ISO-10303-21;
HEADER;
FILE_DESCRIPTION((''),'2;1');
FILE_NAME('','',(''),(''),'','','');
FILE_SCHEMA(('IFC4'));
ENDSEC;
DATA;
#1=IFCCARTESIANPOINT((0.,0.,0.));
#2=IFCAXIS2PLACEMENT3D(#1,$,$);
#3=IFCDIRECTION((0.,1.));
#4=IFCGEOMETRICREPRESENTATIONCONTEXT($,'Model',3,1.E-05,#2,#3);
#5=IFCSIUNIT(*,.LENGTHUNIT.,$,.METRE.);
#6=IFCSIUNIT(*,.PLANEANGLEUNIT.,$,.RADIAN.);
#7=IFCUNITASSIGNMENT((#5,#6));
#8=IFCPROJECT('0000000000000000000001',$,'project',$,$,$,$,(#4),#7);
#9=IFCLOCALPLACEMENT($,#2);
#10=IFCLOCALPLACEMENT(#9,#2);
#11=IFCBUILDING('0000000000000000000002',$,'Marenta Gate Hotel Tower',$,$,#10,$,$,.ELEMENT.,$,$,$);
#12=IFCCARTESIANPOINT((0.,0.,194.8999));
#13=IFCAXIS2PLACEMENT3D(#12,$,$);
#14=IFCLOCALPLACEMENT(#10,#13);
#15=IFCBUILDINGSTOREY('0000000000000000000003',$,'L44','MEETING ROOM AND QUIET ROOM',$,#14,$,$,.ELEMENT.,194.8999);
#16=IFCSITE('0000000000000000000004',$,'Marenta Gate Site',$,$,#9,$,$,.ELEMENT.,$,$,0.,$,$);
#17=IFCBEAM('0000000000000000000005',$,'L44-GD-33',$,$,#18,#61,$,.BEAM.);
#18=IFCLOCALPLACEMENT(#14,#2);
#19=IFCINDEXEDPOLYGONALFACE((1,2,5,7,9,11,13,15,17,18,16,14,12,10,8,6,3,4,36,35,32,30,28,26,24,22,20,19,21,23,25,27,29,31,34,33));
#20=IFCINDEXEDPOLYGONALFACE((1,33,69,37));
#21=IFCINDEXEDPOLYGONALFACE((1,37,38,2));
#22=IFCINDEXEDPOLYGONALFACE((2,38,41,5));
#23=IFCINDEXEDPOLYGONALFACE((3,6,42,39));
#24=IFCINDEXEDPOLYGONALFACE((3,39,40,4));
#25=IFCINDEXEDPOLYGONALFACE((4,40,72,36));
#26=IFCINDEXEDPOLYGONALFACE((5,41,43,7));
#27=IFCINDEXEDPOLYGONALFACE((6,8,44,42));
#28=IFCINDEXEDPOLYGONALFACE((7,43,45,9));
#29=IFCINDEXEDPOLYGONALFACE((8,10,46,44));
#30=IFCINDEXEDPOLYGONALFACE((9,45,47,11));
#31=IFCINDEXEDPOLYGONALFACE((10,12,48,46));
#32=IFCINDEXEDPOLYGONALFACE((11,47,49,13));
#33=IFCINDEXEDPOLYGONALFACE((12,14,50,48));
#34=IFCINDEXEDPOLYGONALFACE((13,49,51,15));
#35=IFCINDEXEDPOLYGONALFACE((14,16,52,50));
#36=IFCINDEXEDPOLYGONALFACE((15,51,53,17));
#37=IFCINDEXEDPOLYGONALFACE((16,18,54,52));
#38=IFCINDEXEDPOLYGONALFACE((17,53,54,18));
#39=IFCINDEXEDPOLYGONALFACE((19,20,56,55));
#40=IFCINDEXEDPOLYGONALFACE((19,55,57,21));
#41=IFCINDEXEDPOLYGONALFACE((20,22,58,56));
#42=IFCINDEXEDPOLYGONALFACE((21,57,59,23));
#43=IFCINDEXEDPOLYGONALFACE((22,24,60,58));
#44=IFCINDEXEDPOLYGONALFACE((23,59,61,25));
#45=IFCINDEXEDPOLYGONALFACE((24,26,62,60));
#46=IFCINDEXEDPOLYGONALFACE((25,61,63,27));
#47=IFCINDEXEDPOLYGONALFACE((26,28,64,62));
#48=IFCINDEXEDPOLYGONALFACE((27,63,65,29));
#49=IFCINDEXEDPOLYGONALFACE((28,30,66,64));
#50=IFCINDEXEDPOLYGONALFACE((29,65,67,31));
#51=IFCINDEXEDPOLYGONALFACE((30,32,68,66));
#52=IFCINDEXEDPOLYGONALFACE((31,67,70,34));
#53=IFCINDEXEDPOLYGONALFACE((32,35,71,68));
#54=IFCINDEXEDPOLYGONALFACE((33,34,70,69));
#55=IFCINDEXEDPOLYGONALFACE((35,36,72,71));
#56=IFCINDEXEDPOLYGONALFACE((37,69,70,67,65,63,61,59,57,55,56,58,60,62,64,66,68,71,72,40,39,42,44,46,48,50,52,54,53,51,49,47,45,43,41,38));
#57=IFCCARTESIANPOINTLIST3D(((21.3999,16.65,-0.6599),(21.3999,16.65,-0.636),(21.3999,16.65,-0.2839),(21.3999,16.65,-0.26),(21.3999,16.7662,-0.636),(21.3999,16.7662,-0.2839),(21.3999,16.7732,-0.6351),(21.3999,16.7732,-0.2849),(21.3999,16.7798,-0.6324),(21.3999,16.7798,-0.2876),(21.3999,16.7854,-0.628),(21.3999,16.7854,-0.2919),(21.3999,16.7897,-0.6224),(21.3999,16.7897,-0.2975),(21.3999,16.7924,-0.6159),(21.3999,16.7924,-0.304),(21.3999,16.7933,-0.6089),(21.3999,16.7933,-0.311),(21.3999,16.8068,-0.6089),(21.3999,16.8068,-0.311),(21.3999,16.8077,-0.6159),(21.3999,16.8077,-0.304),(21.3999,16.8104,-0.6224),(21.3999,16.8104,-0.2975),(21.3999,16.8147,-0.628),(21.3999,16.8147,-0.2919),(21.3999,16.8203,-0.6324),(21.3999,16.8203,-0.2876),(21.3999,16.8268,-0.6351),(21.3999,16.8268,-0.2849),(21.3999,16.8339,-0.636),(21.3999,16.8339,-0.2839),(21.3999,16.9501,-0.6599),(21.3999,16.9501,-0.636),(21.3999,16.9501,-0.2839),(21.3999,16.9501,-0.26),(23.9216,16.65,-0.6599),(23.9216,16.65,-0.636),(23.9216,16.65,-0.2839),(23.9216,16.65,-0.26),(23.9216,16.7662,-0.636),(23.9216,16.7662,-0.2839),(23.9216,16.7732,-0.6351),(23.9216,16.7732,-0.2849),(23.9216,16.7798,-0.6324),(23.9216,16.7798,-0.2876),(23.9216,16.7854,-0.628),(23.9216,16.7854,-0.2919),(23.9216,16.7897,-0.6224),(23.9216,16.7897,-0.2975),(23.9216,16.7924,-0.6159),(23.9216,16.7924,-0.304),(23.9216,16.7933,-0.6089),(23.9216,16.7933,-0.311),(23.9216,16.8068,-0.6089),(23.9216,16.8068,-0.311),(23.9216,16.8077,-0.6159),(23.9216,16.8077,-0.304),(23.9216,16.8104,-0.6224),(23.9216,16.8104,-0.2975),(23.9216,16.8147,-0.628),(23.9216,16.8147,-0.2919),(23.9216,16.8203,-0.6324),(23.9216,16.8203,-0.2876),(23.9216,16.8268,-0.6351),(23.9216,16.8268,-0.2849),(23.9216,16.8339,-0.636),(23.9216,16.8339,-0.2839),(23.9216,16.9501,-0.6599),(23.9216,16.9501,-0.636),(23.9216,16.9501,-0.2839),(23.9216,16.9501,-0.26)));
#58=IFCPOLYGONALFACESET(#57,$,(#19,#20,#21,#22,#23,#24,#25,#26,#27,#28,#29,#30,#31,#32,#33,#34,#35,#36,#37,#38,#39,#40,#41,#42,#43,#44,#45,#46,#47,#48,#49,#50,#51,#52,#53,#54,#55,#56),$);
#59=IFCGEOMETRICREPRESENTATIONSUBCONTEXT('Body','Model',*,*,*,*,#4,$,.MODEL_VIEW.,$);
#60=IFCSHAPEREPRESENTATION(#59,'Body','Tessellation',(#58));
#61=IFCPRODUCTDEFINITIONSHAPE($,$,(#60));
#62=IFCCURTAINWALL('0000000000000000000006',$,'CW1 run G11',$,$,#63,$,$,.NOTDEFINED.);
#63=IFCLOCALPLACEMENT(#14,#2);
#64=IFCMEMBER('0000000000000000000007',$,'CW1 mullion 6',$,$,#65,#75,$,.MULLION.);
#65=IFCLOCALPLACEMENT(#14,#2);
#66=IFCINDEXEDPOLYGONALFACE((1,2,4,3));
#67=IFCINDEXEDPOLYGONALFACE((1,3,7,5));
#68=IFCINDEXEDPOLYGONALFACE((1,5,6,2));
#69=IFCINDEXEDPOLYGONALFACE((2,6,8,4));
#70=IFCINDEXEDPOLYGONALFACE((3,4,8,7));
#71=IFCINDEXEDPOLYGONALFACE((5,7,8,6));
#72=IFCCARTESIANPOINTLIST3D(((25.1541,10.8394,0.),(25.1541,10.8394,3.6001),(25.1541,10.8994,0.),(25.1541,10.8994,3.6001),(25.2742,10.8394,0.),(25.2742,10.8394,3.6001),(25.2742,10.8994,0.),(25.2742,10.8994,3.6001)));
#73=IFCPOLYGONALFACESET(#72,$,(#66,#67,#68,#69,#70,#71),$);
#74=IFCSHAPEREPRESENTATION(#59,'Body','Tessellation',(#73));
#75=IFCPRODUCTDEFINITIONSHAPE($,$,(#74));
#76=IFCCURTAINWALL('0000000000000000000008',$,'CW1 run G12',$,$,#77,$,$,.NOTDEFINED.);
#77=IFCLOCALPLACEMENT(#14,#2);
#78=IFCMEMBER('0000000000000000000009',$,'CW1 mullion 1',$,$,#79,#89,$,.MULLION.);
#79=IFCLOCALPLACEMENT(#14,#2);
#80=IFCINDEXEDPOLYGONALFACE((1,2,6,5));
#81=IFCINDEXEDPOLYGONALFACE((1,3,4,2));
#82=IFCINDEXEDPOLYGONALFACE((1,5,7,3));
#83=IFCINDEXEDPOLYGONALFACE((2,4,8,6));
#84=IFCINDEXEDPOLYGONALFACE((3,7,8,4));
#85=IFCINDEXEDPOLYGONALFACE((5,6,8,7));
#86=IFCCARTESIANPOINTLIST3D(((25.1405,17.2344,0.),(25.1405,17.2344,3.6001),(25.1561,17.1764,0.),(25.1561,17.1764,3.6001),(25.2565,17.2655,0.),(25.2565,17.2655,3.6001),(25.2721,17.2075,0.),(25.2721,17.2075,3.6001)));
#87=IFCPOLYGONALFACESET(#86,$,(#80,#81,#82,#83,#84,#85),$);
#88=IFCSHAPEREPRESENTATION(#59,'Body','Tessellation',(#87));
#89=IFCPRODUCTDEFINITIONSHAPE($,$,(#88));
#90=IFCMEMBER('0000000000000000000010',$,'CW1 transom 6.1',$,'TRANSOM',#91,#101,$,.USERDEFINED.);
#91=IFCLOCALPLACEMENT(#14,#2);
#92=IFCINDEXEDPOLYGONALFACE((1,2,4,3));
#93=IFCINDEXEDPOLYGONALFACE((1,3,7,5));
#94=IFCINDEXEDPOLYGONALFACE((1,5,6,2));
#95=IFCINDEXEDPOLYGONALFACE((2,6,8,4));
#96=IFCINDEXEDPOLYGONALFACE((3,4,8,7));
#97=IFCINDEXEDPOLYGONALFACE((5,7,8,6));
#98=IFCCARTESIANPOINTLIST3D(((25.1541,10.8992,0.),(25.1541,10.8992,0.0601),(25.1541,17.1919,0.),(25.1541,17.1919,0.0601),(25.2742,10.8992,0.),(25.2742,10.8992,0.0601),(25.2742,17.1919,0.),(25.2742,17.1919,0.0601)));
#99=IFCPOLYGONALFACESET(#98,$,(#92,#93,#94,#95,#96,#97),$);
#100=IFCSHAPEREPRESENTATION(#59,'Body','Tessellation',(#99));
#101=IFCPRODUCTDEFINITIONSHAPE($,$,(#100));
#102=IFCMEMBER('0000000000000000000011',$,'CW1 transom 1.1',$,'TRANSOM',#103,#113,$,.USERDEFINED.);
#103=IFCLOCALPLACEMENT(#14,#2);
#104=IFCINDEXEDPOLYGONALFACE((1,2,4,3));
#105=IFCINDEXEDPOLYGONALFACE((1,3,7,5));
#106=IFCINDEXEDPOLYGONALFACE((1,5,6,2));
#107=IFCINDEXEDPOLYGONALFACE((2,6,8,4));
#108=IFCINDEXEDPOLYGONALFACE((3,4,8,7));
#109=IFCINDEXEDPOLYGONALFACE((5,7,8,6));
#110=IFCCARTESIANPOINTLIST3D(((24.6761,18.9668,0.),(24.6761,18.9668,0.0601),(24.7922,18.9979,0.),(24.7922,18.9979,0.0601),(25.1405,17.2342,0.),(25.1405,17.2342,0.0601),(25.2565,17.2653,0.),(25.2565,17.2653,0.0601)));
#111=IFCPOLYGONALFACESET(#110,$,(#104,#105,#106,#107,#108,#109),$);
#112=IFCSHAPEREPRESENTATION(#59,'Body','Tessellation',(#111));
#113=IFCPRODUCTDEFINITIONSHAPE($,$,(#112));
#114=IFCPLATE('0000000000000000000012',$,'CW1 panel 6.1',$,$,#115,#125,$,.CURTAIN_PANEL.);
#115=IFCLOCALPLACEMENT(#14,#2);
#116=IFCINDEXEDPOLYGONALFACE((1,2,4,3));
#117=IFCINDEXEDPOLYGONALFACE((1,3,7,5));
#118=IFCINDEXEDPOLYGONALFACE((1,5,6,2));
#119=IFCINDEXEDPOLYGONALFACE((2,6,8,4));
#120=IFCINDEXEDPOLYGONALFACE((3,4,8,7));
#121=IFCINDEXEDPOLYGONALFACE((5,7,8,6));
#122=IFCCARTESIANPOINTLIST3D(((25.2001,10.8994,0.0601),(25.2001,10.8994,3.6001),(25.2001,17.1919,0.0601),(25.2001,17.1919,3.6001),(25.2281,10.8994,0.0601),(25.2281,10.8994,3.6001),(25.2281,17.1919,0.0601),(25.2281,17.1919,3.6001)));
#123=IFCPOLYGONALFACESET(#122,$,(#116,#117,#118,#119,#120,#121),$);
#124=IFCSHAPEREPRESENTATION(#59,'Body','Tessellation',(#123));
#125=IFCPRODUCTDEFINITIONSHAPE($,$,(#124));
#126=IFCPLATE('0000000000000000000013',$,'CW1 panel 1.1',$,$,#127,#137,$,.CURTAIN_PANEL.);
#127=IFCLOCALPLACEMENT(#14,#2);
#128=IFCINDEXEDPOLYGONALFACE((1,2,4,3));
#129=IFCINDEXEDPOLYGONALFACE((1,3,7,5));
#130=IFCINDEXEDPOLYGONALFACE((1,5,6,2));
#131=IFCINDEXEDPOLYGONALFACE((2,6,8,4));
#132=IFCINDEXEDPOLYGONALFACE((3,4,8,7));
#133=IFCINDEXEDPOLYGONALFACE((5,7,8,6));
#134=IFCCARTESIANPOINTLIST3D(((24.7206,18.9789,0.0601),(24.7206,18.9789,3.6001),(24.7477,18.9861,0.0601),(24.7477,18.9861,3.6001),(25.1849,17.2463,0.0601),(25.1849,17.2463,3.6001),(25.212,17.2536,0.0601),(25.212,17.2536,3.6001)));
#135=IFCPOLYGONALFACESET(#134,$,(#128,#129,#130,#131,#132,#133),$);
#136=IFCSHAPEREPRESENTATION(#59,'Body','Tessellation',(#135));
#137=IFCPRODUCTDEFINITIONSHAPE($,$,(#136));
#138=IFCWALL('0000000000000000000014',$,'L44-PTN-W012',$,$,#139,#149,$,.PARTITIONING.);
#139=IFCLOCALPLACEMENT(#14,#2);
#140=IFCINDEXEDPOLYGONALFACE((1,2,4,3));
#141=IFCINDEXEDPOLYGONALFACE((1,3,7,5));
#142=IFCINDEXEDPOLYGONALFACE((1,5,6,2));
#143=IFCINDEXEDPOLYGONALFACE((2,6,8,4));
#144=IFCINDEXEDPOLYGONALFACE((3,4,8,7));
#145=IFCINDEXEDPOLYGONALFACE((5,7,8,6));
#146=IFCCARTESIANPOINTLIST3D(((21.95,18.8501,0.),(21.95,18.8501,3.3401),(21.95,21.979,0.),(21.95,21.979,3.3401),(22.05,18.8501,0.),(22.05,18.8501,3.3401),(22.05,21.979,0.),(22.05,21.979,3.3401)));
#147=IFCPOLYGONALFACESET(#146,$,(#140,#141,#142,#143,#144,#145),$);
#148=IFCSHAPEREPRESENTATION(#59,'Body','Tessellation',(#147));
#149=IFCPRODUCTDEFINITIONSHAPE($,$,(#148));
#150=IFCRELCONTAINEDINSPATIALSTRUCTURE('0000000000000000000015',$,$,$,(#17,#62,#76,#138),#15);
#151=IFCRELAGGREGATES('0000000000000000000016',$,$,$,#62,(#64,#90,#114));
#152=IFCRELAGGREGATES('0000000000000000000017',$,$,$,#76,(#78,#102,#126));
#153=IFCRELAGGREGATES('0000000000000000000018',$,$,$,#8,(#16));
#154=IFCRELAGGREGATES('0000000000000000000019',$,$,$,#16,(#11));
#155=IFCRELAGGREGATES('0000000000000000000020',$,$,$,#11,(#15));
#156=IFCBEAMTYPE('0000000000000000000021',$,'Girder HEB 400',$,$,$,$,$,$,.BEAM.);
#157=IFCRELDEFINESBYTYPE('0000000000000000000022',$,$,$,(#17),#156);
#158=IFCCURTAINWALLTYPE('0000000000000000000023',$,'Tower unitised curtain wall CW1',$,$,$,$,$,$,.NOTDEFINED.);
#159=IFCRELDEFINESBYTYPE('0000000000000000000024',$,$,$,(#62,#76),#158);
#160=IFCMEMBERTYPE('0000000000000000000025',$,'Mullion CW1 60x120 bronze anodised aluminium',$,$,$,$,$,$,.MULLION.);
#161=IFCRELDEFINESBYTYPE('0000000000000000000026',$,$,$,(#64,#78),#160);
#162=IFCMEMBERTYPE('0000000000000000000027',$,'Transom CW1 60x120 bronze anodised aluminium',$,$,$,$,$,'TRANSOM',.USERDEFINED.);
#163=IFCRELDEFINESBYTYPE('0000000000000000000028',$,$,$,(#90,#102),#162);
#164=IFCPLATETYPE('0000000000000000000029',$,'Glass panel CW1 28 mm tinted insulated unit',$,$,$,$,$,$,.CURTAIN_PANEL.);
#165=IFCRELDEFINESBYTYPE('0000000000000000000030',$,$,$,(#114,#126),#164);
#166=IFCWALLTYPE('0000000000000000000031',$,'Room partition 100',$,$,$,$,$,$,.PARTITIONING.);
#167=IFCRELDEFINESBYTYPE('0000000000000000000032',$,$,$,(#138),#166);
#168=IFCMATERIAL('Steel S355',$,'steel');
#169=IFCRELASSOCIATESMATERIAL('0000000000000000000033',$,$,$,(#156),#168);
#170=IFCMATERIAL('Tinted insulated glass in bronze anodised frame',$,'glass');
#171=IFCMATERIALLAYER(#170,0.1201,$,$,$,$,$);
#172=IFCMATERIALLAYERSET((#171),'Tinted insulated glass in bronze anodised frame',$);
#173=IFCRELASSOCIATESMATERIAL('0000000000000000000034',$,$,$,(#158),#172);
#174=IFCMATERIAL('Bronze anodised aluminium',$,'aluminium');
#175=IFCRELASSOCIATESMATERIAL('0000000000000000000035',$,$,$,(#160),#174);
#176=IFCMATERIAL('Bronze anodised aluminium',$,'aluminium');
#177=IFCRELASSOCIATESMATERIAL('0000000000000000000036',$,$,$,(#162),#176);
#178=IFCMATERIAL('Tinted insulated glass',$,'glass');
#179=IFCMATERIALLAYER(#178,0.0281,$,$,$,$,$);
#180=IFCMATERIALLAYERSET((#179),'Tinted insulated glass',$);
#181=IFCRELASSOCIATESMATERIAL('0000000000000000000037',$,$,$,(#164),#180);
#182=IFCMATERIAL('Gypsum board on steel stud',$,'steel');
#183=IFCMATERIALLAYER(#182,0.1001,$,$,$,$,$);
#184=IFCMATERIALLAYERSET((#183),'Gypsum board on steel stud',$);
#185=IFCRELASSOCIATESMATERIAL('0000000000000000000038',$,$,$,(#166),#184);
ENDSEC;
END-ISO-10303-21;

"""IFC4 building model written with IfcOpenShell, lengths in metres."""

from ifc_helpers import new_model, si_unit, direction, frame, frame_2d, origin, origin_2d, place, context, subcontext, project, spatial, rectangle, i_section, extrude, material, layer, layer_set, material_profile, profile_set, type_object, element, aggregate, save


model = new_model("IFC4")

# Units and contexts
model_context = context("Model", 3, precision=1e-05, world=origin(), true_north=direction((0.0, 1.0)))
body_context = subcontext(model_context, "Body", "Model", "MODEL_VIEW")
ifc_project = project(units=[si_unit("LENGTHUNIT", "METRE"), si_unit("PLANEANGLEUNIT", "RADIAN")], contexts=[model_context])

# Site, building, storey
site_placement = place(None, origin())
site = spatial("IfcSite", under=ifc_project, at=site_placement, Name="Marenta Gate Site", CompositionType="ELEMENT", RefElevation=0.0)
building_placement = place(site_placement, origin())
building = spatial("IfcBuilding", under=site, at=building_placement, Name="Marenta Gate Hotel Tower", CompositionType="ELEMENT")
storey_placement = place(building_placement, frame((0.0, 0.0, 194.8999)))
storey = spatial("IfcBuildingStorey", under=building, at=storey_placement, Name="L44", Description="MEETING ROOM AND QUIET ROOM", CompositionType="ELEMENT", Elevation=194.8999)

# Beam
ifc_material_1 = material(Name="Steel S355", Category="steel")
ifc_material_profile_1 = material_profile(ifc_material_1, i_section(OverallWidth=0.3, OverallDepth=0.3999, WebThickness=0.0134, FlangeThickness=0.0239, FilletRadius=0.0271, at=origin_2d()), Name="HEB 400")
ifc_profile_set_1 = profile_set([ifc_material_profile_1], Name="Steel S355")
beam_type_1 = type_object("IfcBeamType", Name="Girder HEB 400", PredefinedType="BEAM", material=ifc_profile_set_1)
beam_1_placement = place(storey_placement, frame((21.3999, 16.8, -0.46), z_axis=(1.0, 0.0, 0.0), x_axis=(0.0, 1.0, 0.0)))
element("IfcBeam", 1, at=beam_1_placement, inside=storey, type_object=beam_type_1, Name="L44-GD-33", PredefinedType="BEAM", context=body_context, shape_type="SweptSolid", body=[
    extrude(i_section(OverallWidth=0.3, OverallDepth=0.3999, WebThickness=0.0134, FlangeThickness=0.0239, FilletRadius=0.0271, at=origin_2d()), origin(), (0.0, 0.0, 1.0), 2.5217),
])

# Curtain walls, members
ifc_material_2 = material(Name="Tinted insulated glass in bronze anodised frame", Category="glass")
ifc_layer_1 = layer(ifc_material_2, 0.1201)
ifc_layer_set_1 = layer_set([ifc_layer_1], Name="Tinted insulated glass in bronze anodised frame")
curtain_wall_type = type_object("IfcCurtainWallType", Name="Tower unitised curtain wall CW1", PredefinedType="NOTDEFINED", material=ifc_layer_set_1)
curtain_wall_1_placement = place(storey_placement, origin())
curtain_wall_1 = element("IfcCurtainWall", 2, at=curtain_wall_1_placement, inside=storey, type_object=curtain_wall_type, Name="CW1 run G11", PredefinedType="NOTDEFINED")
ifc_material_3 = material(Name="Bronze anodised aluminium", Category="aluminium")
ifc_material_profile_2 = material_profile(ifc_material_3, rectangle(XDim=0.1201, YDim=0.0601, at=origin_2d()), Name="Mullion CW1 60x120 bronze anodised aluminium")
ifc_profile_set_2 = profile_set([ifc_material_profile_2], Name="Bronze anodised aluminium")
member_type_1 = type_object("IfcMemberType", Name="Mullion CW1 60x120 bronze anodised aluminium", PredefinedType="MULLION", material=ifc_profile_set_2)
member_1_placement = place(storey_placement, frame((25.2141, 10.8694, 0.0), z_axis=(0.0, 0.0, 1.0), x_axis=(-1.0, 0.0, 0.0)))
member_1 = element("IfcMember", 3, at=member_1_placement, type_object=member_type_1, Name="CW1 mullion 6", PredefinedType="MULLION", context=body_context, shape_type="SweptSolid", body=[
    extrude(rectangle(XDim=0.1201, YDim=0.0601, at=origin_2d()), origin(), (0.0, 0.0, 1.0), 3.6001),
])
curtain_wall_2_placement = place(storey_placement, origin())
curtain_wall_2 = element("IfcCurtainWall", 4, at=curtain_wall_2_placement, inside=storey, type_object=curtain_wall_type, Name="CW1 run G12", PredefinedType="NOTDEFINED")
member_2_placement = place(storey_placement, frame((25.2063, 17.2209, 0.0), z_axis=(0.0, 0.0, 1.0), x_axis=(-0.965924, -0.258824, 0.0)))
member_2 = element("IfcMember", 5, at=member_2_placement, type_object=member_type_1, Name="CW1 mullion 1", PredefinedType="MULLION", context=body_context, shape_type="SweptSolid", body=[
    extrude(rectangle(XDim=0.1201, YDim=0.0601, at=origin_2d()), origin(), (0.0, 0.0, 1.0), 3.6001),
])

# Members
ifc_material_4 = material(Name="Bronze anodised aluminium", Category="aluminium")
ifc_material_profile_3 = material_profile(ifc_material_4, rectangle(XDim=0.1201, YDim=0.0601, at=origin_2d()), Name="Transom CW1 60x120 bronze anodised aluminium")
ifc_profile_set_3 = profile_set([ifc_material_profile_3], Name="Bronze anodised aluminium")
member_type_2 = type_object("IfcMemberType", Name="Transom CW1 60x120 bronze anodised aluminium", ElementType="TRANSOM", PredefinedType="USERDEFINED", material=ifc_profile_set_3)
member_3_placement = place(storey_placement, frame((25.2141, 10.8992, 0.03), z_axis=(0.0, 1.0, 0.0), x_axis=(-1.0, 0.0, 0.0)))
member_3 = element("IfcMember", 6, at=member_3_placement, type_object=member_type_2, Name="CW1 transom 6.1", ObjectType="TRANSOM", PredefinedType="USERDEFINED", context=body_context, shape_type="SweptSolid", body=[
    extrude(rectangle(XDim=0.1201, YDim=0.0601, at=origin_2d()), origin(), (0.0, 0.0, 1.0), 6.2927),
])
member_4_placement = place(storey_placement, frame((25.1985, 17.2498, 0.03), z_axis=(-0.258865, 0.965913, 0.0), x_axis=(-0.965913, -0.258865, 0.0)))
member_4 = element("IfcMember", 7, at=member_4_placement, type_object=member_type_2, Name="CW1 transom 1.1", ObjectType="TRANSOM", PredefinedType="USERDEFINED", context=body_context, shape_type="SweptSolid", body=[
    extrude(rectangle(XDim=0.1201, YDim=0.0601, at=origin_2d()), origin(), (0.0, 0.0, 1.0), 1.7937),
])

# Plates
ifc_material_5 = material(Name="Tinted insulated glass", Category="glass")
ifc_layer_2 = layer(ifc_material_5, 0.0281)
ifc_layer_set_2 = layer_set([ifc_layer_2], Name="Tinted insulated glass")
plate_type = type_object("IfcPlateType", Name="Glass panel CW1 28 mm tinted insulated unit", PredefinedType="CURTAIN_PANEL", material=ifc_layer_set_2)
plate_1_placement = place(storey_placement, frame((25.2141, 14.0457, 0.0601), z_axis=(0.0, 0.0, 1.0), x_axis=(0.0, 1.0, 0.0)))
plate_1 = element("IfcPlate", 8, at=plate_1_placement, type_object=plate_type, Name="CW1 panel 6.1", PredefinedType="CURTAIN_PANEL", context=body_context, shape_type="SweptSolid", body=[
    extrude(rectangle(XDim=6.2925, YDim=0.0281, at=origin_2d()), origin(), (0.0, 0.0, 1.0), 3.54),
])
aggregate(curtain_wall_1, [member_1, member_3, plate_1])
plate_2_placement = place(storey_placement, frame((24.9663, 18.1162, 0.0601), z_axis=(0.0, 0.0, 1.0), x_axis=(-0.258824, 0.965924, 0.0)))
plate_2 = element("IfcPlate", 9, at=plate_2_placement, type_object=plate_type, Name="CW1 panel 1.1", PredefinedType="CURTAIN_PANEL", context=body_context, shape_type="SweptSolid", body=[
    extrude(rectangle(XDim=1.7937, YDim=0.0281, at=origin_2d()), origin(), (0.0, 0.0, 1.0), 3.54),
])
aggregate(curtain_wall_2, [member_2, member_4, plate_2])

# Wall
ifc_material_6 = material(Name="Gypsum board on steel stud", Category="steel")
ifc_layer_3 = layer(ifc_material_6, 0.1001)
ifc_layer_set_3 = layer_set([ifc_layer_3], Name="Gypsum board on steel stud")
wall_type = type_object("IfcWallType", Name="Room partition 100", PredefinedType="PARTITIONING", material=ifc_layer_set_3)
wall_placement = place(storey_placement, frame((22.0, 18.8501, 0.0), z_axis=(0.0, 0.0, 1.0), x_axis=(0.0, 1.0, 0.0)))
element("IfcWall", 10, at=wall_placement, inside=storey, type_object=wall_type, Name="L44-PTN-W012", PredefinedType="PARTITIONING", context=body_context, shape_type="SweptSolid", body=[
    extrude(rectangle(XDim=3.1289, YDim=0.1001, at=frame_2d((1.5645, 0.0))), origin(), (0.0, 0.0, 1.0), 3.3401),
])

save(model, "model.ifc")
